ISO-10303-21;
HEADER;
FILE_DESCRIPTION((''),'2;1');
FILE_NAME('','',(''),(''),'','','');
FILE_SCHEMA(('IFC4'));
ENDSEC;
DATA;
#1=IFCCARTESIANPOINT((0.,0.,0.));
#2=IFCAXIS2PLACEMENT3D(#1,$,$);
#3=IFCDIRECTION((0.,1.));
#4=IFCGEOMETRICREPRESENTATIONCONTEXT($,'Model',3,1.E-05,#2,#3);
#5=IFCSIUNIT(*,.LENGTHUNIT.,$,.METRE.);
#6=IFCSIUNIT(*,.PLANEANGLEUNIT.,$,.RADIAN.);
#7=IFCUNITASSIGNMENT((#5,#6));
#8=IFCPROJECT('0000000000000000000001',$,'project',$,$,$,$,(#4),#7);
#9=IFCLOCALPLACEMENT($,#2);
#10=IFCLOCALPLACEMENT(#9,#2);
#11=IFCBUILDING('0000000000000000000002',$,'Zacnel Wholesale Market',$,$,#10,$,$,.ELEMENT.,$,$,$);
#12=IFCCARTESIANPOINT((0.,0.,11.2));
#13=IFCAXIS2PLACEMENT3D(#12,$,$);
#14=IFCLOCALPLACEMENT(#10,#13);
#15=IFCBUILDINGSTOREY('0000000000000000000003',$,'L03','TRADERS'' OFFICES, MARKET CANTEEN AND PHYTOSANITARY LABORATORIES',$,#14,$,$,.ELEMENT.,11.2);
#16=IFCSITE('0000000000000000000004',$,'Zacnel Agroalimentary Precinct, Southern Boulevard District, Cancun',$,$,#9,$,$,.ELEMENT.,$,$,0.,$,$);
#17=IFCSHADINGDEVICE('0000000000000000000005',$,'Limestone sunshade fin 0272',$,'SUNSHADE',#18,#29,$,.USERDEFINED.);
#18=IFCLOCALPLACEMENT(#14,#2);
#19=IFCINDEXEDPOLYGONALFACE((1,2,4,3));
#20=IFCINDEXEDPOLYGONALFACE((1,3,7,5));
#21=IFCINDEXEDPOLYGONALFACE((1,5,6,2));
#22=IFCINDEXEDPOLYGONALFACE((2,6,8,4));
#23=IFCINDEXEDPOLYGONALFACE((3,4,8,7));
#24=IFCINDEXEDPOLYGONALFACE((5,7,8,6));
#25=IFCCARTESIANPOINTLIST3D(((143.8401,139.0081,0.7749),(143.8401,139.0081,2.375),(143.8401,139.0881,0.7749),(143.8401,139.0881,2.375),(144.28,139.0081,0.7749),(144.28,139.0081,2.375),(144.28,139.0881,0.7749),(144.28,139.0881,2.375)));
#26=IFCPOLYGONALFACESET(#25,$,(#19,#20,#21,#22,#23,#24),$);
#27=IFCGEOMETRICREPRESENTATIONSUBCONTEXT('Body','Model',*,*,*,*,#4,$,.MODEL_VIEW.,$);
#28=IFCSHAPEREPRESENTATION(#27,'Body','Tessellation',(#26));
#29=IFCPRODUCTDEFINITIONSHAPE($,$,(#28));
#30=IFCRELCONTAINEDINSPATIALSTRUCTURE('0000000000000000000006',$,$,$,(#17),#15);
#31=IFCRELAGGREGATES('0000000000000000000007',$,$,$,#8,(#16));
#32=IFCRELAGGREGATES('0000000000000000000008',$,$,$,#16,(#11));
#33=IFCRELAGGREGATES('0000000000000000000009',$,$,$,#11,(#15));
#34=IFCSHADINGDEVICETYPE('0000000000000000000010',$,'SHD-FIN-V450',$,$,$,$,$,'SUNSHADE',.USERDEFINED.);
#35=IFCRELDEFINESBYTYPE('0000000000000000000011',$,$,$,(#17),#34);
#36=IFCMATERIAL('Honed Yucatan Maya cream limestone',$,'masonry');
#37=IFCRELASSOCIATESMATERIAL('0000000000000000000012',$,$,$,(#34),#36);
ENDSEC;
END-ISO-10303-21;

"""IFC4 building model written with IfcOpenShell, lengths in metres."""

from ifc_helpers import new_model, si_unit, direction, frame, origin, origin_2d, place, context, subcontext, project, spatial, rectangle, extrude, material, type_object, element, save


model = new_model("IFC4")

# Units and contexts
model_context = context("Model", 3, precision=1e-05, world=origin(), true_north=direction((0.0, 1.0)))
body_context = subcontext(model_context, "Body", "Model", "MODEL_VIEW")
ifc_project = project(units=[si_unit("LENGTHUNIT", "METRE"), si_unit("PLANEANGLEUNIT", "RADIAN")], contexts=[model_context])

# Site, building, storey
site_placement = place(None, origin())
site = spatial("IfcSite", under=ifc_project, at=site_placement, Name="Zacnel Agroalimentary Precinct, Southern Boulevard District, Cancun", CompositionType="ELEMENT", RefElevation=0.0)
building_placement = place(site_placement, origin())
building = spatial("IfcBuilding", under=site, at=building_placement, Name="Zacnel Wholesale Market", CompositionType="ELEMENT")
storey_placement = place(building_placement, frame((0.0, 0.0, 11.2)))
storey = spatial("IfcBuildingStorey", under=building, at=storey_placement, Name="L03", Description="TRADERS' OFFICES, MARKET CANTEEN AND PHYTOSANITARY LABORATORIES", CompositionType="ELEMENT", Elevation=11.2)

# Shading device
ifc_material_1 = material(Name="Honed Yucatan Maya cream limestone", Category="masonry")
shading_device_type = type_object("IfcShadingDeviceType", Name="SHD-FIN-V450", ElementType="SUNSHADE", PredefinedType="USERDEFINED", material=ifc_material_1)
for number, where, z_axis, x_axis, name in (
    (1, (144.0601, 139.0481, 0.7749), (0.0, 0.0, 1.0), (0.0, 1.0, 0.0), "Limestone sunshade fin 0272"),
):
    element("IfcShadingDevice", number, at=place(storey_placement, frame(where, z_axis=z_axis, x_axis=x_axis)), inside=storey, type_object=shading_device_type, Name=name, ObjectType="SUNSHADE", PredefinedType="USERDEFINED", context=body_context, shape_type="SweptSolid", body=[
        extrude(rectangle(XDim=0.0801, YDim=0.4399, at=origin_2d()), origin(), (0.0, 0.0, 1.0), 1.6001),
    ])

save(model, "model.ifc")
